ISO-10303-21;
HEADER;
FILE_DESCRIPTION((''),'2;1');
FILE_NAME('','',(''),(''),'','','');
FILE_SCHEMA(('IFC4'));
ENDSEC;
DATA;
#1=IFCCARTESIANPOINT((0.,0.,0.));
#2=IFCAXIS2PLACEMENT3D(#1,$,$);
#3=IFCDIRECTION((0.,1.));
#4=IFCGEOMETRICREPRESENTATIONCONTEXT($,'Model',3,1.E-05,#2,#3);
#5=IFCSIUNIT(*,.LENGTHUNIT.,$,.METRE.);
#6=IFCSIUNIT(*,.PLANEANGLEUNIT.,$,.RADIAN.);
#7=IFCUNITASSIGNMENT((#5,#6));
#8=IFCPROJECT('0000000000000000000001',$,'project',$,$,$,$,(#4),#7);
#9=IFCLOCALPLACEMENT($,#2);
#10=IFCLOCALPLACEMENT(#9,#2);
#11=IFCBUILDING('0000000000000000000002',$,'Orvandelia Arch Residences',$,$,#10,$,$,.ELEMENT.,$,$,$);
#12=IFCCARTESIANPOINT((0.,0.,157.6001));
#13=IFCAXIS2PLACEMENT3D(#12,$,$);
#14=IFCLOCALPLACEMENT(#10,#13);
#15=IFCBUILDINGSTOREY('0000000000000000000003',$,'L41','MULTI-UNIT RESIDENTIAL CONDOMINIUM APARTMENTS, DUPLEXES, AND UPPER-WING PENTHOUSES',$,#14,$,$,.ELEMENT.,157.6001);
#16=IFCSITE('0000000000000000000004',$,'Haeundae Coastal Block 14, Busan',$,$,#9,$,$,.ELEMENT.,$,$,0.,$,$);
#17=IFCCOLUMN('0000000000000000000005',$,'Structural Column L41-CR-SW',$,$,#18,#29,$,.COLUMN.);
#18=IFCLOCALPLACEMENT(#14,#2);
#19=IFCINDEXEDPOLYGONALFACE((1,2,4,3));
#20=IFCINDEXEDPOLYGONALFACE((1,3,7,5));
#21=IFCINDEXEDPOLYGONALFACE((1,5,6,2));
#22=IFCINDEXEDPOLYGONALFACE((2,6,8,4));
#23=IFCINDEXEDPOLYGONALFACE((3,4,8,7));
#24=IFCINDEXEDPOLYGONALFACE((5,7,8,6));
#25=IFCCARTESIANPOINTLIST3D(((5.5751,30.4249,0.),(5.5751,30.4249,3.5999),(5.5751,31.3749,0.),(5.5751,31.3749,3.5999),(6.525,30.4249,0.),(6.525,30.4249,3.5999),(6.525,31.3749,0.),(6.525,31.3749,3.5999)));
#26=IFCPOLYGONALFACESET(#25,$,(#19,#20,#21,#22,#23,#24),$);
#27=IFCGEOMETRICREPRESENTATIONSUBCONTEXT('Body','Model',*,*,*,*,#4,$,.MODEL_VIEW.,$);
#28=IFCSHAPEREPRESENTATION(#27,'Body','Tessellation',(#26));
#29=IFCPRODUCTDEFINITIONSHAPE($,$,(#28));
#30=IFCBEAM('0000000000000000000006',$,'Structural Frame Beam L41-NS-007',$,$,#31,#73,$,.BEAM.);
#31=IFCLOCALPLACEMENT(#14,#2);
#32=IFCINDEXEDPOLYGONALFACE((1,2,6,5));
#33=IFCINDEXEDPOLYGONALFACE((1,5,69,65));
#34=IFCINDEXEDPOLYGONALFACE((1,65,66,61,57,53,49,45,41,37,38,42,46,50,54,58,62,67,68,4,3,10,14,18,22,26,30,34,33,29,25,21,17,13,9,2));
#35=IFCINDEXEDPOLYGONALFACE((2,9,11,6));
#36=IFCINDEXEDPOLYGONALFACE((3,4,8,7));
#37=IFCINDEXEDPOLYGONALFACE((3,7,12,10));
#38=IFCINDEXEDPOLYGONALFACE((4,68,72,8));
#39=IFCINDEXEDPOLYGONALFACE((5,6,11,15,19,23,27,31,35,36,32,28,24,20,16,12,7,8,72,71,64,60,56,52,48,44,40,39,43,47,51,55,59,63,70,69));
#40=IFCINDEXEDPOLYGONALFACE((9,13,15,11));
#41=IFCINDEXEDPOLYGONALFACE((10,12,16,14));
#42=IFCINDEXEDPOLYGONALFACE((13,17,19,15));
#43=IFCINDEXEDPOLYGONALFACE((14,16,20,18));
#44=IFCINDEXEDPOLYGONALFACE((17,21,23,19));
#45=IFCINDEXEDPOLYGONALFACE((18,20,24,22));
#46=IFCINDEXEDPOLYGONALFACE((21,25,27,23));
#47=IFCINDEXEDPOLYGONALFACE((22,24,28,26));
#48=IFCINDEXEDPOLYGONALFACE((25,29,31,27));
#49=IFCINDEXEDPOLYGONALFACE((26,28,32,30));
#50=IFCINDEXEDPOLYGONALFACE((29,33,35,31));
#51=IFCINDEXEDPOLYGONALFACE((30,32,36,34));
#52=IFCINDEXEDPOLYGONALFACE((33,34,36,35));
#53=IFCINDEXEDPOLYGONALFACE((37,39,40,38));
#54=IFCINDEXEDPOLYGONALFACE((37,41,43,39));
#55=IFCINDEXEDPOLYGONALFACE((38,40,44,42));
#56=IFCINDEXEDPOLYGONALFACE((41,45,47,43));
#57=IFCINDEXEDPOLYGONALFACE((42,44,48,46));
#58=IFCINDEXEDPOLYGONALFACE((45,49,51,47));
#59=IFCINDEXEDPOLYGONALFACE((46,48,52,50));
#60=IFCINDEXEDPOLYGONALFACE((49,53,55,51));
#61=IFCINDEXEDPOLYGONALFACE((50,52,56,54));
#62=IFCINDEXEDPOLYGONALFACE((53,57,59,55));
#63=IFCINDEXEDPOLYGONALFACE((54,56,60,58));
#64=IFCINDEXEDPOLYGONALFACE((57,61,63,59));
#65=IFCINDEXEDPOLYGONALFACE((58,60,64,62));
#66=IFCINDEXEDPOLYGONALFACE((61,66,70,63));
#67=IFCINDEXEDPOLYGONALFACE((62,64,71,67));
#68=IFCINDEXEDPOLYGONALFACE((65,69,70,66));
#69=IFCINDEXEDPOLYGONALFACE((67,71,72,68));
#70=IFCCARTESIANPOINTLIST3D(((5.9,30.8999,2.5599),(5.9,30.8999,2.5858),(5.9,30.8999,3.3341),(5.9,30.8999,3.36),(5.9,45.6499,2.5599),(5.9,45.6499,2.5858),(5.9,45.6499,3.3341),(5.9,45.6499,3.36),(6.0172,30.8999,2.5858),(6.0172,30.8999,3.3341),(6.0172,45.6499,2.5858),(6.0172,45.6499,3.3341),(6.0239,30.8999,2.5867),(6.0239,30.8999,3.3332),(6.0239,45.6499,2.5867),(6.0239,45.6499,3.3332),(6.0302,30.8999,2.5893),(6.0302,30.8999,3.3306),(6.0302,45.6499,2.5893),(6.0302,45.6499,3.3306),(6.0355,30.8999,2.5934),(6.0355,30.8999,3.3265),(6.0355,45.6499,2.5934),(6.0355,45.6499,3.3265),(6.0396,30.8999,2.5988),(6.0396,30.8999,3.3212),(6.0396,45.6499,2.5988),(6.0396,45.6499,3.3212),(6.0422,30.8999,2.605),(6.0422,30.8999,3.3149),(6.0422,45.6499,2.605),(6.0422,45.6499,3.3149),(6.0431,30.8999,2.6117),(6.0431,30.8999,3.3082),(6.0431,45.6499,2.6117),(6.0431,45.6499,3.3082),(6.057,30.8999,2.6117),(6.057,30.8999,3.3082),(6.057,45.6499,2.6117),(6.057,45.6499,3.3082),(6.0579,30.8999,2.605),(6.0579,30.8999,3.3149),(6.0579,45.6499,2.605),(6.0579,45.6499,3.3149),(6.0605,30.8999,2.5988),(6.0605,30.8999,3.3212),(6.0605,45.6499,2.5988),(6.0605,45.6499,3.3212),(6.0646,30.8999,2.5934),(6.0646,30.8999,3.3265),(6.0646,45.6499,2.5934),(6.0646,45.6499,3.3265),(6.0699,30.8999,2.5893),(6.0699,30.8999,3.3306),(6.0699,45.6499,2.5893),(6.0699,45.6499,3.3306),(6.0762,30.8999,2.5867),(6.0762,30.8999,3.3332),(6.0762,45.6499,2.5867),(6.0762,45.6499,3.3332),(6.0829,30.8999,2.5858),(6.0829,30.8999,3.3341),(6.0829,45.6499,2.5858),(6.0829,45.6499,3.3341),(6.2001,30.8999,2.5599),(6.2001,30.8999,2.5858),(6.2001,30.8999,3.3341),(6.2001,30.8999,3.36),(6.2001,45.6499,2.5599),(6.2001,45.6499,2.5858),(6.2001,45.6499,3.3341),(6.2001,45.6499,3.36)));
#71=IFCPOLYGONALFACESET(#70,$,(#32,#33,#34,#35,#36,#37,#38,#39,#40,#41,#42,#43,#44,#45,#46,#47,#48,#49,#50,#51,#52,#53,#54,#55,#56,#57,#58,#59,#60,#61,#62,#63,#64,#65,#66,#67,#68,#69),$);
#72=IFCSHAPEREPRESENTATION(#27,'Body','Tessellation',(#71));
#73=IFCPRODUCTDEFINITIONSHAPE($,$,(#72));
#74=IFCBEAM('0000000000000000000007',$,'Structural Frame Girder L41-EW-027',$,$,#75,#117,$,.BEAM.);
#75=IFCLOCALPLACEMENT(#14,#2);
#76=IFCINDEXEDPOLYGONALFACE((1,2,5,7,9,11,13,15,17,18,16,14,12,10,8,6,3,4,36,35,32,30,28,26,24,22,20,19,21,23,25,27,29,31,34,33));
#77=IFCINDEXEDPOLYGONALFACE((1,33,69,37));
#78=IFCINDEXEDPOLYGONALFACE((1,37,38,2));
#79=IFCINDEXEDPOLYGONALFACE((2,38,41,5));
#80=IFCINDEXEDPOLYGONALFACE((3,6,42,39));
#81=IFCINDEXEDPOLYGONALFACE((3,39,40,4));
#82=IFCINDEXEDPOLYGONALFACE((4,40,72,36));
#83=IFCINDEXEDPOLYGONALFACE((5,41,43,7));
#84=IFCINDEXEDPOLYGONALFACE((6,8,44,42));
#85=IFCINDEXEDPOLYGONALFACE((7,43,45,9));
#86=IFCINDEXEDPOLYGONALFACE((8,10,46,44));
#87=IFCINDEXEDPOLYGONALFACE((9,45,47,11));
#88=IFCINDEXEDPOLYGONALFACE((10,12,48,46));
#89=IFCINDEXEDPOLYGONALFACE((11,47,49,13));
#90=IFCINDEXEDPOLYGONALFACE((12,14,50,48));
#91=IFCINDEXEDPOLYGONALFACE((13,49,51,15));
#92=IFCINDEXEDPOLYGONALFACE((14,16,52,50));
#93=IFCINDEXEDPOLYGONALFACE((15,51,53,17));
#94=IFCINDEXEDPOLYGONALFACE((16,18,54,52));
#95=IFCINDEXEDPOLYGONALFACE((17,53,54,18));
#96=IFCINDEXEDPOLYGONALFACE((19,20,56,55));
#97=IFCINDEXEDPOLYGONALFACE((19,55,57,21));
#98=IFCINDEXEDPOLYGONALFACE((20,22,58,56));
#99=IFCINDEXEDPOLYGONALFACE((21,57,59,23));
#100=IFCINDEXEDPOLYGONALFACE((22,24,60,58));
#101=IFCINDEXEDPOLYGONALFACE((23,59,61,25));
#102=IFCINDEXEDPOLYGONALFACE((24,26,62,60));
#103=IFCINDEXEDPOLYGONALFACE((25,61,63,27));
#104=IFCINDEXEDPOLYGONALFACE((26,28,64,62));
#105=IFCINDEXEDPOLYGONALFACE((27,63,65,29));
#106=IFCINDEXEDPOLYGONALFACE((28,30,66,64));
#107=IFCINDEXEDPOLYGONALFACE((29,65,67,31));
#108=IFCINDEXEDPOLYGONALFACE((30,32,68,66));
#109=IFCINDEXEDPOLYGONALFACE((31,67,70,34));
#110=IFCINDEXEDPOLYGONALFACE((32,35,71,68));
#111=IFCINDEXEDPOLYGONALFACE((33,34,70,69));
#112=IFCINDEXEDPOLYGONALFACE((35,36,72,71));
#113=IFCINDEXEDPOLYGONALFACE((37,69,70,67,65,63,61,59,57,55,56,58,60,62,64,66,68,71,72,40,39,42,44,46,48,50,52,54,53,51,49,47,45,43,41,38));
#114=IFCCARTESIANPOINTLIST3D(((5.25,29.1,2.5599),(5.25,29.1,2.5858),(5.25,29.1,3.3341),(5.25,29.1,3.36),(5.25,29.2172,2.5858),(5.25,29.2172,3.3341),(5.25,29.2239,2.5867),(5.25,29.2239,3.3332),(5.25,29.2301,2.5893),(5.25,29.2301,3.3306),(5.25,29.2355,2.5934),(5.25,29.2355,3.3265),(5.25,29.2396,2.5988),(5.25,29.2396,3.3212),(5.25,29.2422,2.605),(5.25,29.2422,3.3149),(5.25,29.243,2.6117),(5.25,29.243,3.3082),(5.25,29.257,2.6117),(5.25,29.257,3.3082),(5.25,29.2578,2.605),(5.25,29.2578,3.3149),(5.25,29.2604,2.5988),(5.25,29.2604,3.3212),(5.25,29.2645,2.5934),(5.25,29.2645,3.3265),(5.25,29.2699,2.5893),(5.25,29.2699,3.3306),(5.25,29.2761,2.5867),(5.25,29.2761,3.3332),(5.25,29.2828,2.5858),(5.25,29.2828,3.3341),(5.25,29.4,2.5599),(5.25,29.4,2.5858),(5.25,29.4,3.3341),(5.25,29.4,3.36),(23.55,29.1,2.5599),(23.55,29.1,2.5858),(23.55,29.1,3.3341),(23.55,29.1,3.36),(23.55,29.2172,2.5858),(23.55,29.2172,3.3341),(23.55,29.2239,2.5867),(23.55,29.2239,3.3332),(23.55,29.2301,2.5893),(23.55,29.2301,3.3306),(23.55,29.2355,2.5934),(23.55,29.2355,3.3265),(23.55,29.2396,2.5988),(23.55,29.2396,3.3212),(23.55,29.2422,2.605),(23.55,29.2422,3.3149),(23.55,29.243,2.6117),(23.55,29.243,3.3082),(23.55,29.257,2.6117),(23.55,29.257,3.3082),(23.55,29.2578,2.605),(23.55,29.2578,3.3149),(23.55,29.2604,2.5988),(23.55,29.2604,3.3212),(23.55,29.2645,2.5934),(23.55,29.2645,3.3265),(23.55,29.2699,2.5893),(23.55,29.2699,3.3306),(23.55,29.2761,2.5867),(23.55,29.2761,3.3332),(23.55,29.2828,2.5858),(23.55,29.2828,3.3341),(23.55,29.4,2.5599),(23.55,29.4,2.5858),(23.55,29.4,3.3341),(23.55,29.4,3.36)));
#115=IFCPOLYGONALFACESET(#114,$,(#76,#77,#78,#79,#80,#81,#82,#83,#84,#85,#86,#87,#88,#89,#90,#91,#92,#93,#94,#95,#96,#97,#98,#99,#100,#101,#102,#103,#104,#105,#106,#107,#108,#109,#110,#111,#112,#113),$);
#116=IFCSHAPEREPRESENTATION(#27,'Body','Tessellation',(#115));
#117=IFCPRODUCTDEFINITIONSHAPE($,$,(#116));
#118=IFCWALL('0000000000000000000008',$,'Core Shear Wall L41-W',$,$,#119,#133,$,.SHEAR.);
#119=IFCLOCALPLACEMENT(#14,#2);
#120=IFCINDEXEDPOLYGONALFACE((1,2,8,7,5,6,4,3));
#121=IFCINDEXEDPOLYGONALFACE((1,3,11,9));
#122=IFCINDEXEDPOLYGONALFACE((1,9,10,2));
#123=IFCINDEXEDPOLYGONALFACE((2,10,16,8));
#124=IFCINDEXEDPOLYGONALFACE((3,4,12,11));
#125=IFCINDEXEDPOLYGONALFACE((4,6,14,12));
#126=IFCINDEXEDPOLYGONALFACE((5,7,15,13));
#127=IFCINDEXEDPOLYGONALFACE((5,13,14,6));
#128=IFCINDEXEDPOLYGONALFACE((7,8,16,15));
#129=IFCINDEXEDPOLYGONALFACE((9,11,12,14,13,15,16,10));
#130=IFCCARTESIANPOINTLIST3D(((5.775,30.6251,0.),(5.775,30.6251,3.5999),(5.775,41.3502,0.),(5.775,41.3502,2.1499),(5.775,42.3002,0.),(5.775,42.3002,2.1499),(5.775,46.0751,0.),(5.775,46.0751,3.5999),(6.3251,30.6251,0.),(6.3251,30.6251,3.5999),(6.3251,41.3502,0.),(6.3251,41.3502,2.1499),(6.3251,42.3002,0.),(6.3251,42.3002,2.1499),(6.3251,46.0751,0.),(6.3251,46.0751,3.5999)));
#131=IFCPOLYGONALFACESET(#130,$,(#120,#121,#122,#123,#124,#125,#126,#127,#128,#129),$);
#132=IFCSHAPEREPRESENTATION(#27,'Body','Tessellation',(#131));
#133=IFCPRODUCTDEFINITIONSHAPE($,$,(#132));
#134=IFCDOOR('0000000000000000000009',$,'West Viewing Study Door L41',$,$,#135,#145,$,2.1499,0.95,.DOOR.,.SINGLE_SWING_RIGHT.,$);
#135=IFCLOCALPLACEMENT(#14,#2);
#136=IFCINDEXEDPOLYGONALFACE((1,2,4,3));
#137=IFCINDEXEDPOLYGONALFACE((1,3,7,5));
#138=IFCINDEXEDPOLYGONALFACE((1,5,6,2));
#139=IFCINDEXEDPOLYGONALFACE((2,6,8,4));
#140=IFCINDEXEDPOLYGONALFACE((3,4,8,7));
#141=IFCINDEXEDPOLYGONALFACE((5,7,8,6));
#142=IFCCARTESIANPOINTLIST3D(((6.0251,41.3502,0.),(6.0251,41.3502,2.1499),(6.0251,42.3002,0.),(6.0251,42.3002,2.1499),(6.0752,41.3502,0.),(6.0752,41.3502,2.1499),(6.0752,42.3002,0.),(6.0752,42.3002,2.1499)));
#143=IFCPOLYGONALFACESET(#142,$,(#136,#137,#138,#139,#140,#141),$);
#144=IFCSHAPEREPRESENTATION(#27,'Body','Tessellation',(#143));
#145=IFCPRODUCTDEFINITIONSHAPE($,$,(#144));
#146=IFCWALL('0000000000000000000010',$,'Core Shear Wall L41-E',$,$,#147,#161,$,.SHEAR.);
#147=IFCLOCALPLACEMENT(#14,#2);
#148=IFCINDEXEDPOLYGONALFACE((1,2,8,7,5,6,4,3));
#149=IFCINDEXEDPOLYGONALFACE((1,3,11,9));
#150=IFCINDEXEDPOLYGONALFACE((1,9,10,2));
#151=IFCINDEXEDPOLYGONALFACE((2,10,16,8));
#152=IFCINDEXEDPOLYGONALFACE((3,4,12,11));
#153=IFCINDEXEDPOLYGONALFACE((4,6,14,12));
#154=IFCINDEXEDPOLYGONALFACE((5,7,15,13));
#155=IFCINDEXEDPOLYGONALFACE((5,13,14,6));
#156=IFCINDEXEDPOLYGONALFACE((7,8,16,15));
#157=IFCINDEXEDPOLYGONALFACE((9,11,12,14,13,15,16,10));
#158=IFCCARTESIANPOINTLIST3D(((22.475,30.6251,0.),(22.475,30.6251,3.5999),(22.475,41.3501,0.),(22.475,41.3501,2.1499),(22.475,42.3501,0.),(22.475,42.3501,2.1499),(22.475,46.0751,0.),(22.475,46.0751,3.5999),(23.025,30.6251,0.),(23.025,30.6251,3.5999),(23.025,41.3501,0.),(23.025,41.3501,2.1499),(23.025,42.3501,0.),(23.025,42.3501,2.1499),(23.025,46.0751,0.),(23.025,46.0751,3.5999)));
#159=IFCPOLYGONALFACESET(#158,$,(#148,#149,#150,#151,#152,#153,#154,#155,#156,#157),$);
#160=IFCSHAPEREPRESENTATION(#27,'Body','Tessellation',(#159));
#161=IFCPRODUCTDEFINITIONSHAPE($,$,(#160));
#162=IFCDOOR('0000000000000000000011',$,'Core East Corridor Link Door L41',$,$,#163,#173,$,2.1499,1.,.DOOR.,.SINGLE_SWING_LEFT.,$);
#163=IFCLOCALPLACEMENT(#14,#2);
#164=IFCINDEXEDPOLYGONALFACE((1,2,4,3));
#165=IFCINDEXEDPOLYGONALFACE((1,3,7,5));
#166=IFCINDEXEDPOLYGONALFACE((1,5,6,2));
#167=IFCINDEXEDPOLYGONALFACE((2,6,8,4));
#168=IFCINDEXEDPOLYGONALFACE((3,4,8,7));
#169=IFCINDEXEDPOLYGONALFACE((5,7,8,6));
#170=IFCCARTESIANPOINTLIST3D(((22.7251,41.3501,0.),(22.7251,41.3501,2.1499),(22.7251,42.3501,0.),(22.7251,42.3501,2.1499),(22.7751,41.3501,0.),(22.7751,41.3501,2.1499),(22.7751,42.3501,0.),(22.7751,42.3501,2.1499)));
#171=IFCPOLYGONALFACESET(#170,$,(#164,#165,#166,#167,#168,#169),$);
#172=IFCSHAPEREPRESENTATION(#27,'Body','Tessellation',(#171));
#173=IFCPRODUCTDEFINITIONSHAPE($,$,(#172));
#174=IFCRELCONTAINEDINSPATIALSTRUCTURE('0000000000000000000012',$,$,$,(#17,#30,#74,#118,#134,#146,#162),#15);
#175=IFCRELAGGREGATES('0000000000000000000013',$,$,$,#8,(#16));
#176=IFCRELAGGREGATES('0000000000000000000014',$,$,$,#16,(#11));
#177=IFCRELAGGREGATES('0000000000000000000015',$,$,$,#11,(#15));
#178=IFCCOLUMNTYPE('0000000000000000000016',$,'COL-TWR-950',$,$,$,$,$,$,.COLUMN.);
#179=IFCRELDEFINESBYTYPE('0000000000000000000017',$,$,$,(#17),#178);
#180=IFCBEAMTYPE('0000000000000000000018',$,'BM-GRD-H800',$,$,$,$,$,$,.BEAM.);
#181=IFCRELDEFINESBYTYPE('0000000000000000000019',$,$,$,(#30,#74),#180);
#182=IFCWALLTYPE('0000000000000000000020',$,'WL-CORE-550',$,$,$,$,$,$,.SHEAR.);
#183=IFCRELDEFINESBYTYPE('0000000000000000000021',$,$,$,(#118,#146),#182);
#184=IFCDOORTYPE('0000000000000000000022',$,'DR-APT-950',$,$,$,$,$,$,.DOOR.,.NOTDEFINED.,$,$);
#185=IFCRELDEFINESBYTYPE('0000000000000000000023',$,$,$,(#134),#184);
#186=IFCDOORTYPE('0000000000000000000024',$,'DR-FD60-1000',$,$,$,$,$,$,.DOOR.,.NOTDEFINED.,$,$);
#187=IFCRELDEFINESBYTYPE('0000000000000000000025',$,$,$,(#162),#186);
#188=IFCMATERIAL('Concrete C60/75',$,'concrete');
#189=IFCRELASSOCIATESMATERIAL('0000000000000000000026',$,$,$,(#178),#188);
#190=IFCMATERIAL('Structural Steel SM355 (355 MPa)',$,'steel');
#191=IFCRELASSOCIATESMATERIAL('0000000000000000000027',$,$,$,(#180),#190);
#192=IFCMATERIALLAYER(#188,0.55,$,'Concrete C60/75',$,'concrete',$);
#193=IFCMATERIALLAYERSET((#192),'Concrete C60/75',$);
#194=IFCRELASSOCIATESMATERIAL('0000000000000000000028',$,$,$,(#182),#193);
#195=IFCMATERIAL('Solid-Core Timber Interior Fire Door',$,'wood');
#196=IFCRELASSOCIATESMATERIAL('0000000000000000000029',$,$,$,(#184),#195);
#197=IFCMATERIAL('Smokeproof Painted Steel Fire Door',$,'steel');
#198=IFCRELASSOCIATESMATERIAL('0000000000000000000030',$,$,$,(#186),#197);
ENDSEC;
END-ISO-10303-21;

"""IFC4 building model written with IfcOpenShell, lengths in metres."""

from ifc_helpers import new_model, si_unit, direction, frame, frame_2d, origin, origin_2d, place, context, subcontext, project, spatial, rectangle, i_section, extrude, material, layer, layer_set, material_profile, profile_set, type_object, element, fill, save


model = new_model("IFC4")

# Units and contexts
model_context = context("Model", 3, precision=1e-05, world=origin(), true_north=direction((0.0, 1.0)))
body_context = subcontext(model_context, "Body", "Model", "MODEL_VIEW")
ifc_project = project(units=[si_unit("LENGTHUNIT", "METRE"), si_unit("PLANEANGLEUNIT", "RADIAN")], contexts=[model_context])

# Site, building, storey
site_placement = place(None, origin())
site = spatial("IfcSite", under=ifc_project, at=site_placement, Name="Haeundae Coastal Block 14, Busan", CompositionType="ELEMENT", RefElevation=0.0)
building_placement = place(site_placement, origin())
building = spatial("IfcBuilding", under=site, at=building_placement, Name="Orvandelia Arch Residences", CompositionType="ELEMENT")
storey_placement = place(building_placement, frame((0.0, 0.0, 157.6001)))
storey = spatial("IfcBuildingStorey", under=building, at=storey_placement, Name="L41", Description="MULTI-UNIT RESIDENTIAL CONDOMINIUM APARTMENTS, DUPLEXES, AND UPPER-WING PENTHOUSES", CompositionType="ELEMENT", Elevation=157.6001)

# Column
ifc_material_1 = material(Name="Concrete C60/75", Category="concrete")
ifc_material_profile_1 = material_profile(ifc_material_1, rectangle(XDim=0.95, YDim=0.95, at=origin_2d()), Name="Concrete C60/75", Category="concrete")
ifc_profile_set_1 = profile_set([ifc_material_profile_1], Name="Concrete C60/75")
column_type = type_object("IfcColumnType", Name="COL-TWR-950", PredefinedType="COLUMN", material=ifc_profile_set_1)
column_placement = place(storey_placement, frame((6.05, 30.8999, 0.0), z_axis=(0.0, 0.0, 1.0), x_axis=(1.0, 0.0, 0.0)))
element("IfcColumn", 1, at=column_placement, inside=storey, type_object=column_type, Name="Structural Column L41-CR-SW", PredefinedType="COLUMN", context=body_context, shape_type="SweptSolid", body=[
    extrude(rectangle(XDim=0.95, YDim=0.95, at=origin_2d()), origin(), (0.0, 0.0, 1.0), 3.5999),
])

# Beams
ifc_material_2 = material(Name="Structural Steel SM355 (355 MPa)", Category="steel")
ifc_material_profile_2 = material_profile(ifc_material_2, i_section(OverallWidth=0.3, OverallDepth=0.8, WebThickness=0.0139, FlangeThickness=0.0259, FilletRadius=0.0259, at=origin_2d()), Name="Structural Steel SM355 (355 MPa)", Category="steel")
ifc_profile_set_2 = profile_set([ifc_material_profile_2], Name="Structural Steel SM355 (355 MPa)")
beam_type = type_object("IfcBeamType", Name="BM-GRD-H800", PredefinedType="BEAM", material=ifc_profile_set_2)
beam_1_placement = place(storey_placement, frame((6.05, 30.8999, 2.96), z_axis=(0.0, 1.0, 0.0), x_axis=(-1.0, 0.0, 0.0)))
element("IfcBeam", 2, at=beam_1_placement, inside=storey, type_object=beam_type, Name="Structural Frame Beam L41-NS-007", PredefinedType="BEAM", context=body_context, shape_type="SweptSolid", body=[
    extrude(i_section(OverallWidth=0.3, OverallDepth=0.8, WebThickness=0.0139, FlangeThickness=0.0259, FilletRadius=0.0259, at=origin_2d()), origin(), (0.0, 0.0, 1.0), 14.75),
])
beam_2_placement = place(storey_placement, frame((5.25, 29.25, 2.96), z_axis=(1.0, 0.0, 0.0), x_axis=(0.0, 1.0, 0.0)))
element("IfcBeam", 3, at=beam_2_placement, inside=storey, type_object=beam_type, Name="Structural Frame Girder L41-EW-027", PredefinedType="BEAM", context=body_context, shape_type="SweptSolid", body=[
    extrude(i_section(OverallWidth=0.3, OverallDepth=0.8, WebThickness=0.0139, FlangeThickness=0.0259, FilletRadius=0.0259, at=origin_2d()), origin(), (0.0, 0.0, 1.0), 18.3),
])

# Walls, openings, doors
ifc_layer_1 = layer(ifc_material_1, 0.55, Name="Concrete C60/75", Category="concrete")
ifc_layer_set_1 = layer_set([ifc_layer_1], Name="Concrete C60/75")
wall_type_1 = type_object("IfcWallType", Name="WL-CORE-550", PredefinedType="SHEAR", material=ifc_layer_set_1)
wall_1_placement = place(storey_placement, frame((6.05, 30.625, 0.0), z_axis=(0.0, 0.0, 1.0), x_axis=(0.0, 1.0, 0.0)))
wall_1 = element("IfcWall", 4, at=wall_1_placement, inside=storey, type_object=wall_type_1, Name="Core Shear Wall L41-W", PredefinedType="SHEAR", context=body_context, shape_type="SweptSolid", body=[
    extrude(rectangle(XDim=15.45, YDim=0.55, at=frame_2d((7.7251, 0.0))), origin(), (0.0, 0.0, 1.0), 3.5999),
])
opening_1_placement = place(wall_1_placement, frame((10.7251, 0.0, 0.0)))
opening_1 = element("IfcOpeningElement", 5, at=opening_1_placement, cuts=wall_1, PredefinedType="OPENING", context=body_context, shape_type="SweptSolid", body=[
    extrude(rectangle(XDim=0.95, YDim=2.1499, at=frame_2d((0.4751, 1.075))), frame((0.0, 0.2852, 0.0), z_axis=(0.0, -1.0, 0.0), x_axis=(1.0, 0.0, 0.0)), (0.0, 0.0, 1.0), 0.5701),
])
ifc_material_3 = material(Name="Solid-Core Timber Interior Fire Door", Category="wood")
door_type_1 = type_object("IfcDoorType", Name="DR-APT-950", OperationType="NOTDEFINED", PredefinedType="DOOR", material=ifc_material_3)
door_1_placement = place(opening_1_placement, origin())
door_1 = element("IfcDoor", 6, at=door_1_placement, inside=storey, type_object=door_type_1, Name="West Viewing Study Door L41", OperationType="SINGLE_SWING_RIGHT", OverallHeight=2.1499, OverallWidth=0.95, PredefinedType="DOOR", context=body_context, shape_type="SweptSolid", body=[
    extrude(rectangle(XDim=0.95, YDim=2.1499, at=frame_2d((0.4751, 1.075))), frame((0.0, 0.0249, 0.0), z_axis=(0.0, -1.0, 0.0), x_axis=(1.0, 0.0, 0.0)), (0.0, 0.0, 1.0), 0.05),
])
fill(opening_1, door_1)
wall_2_placement = place(storey_placement, frame((22.75, 30.625, 0.0), z_axis=(0.0, 0.0, 1.0), x_axis=(0.0, 1.0, 0.0)))
wall_2 = element("IfcWall", 7, at=wall_2_placement, inside=storey, type_object=wall_type_1, Name="Core Shear Wall L41-E", PredefinedType="SHEAR", context=body_context, shape_type="SweptSolid", body=[
    extrude(rectangle(XDim=15.45, YDim=0.55, at=frame_2d((7.7251, 0.0))), origin(), (0.0, 0.0, 1.0), 3.5999),
])
opening_2_placement = place(wall_2_placement, frame((10.7251, 0.0, 0.0)))
opening_2 = element("IfcOpeningElement", 8, at=opening_2_placement, cuts=wall_2, PredefinedType="OPENING", context=body_context, shape_type="SweptSolid", body=[
    extrude(rectangle(XDim=1.0, YDim=2.1499, at=frame_2d((0.5, 1.075))), frame((0.0, 0.2852, 0.0), z_axis=(0.0, -1.0, 0.0), x_axis=(1.0, 0.0, 0.0)), (0.0, 0.0, 1.0), 0.5701),
])
ifc_material_4 = material(Name="Smokeproof Painted Steel Fire Door", Category="steel")
door_type_2 = type_object("IfcDoorType", Name="DR-FD60-1000", OperationType="NOTDEFINED", PredefinedType="DOOR", material=ifc_material_4)
door_2_placement = place(opening_2_placement, origin())
door_2 = element("IfcDoor", 9, at=door_2_placement, inside=storey, type_object=door_type_2, Name="Core East Corridor Link Door L41", OperationType="SINGLE_SWING_LEFT", OverallHeight=2.1499, OverallWidth=1.0, PredefinedType="DOOR", context=body_context, shape_type="SweptSolid", body=[
    extrude(rectangle(XDim=1.0, YDim=2.1499, at=frame_2d((0.5, 1.075))), frame((0.0, 0.0249, 0.0), z_axis=(0.0, -1.0, 0.0), x_axis=(1.0, 0.0, 0.0)), (0.0, 0.0, 1.0), 0.05),
])
fill(opening_2, door_2)

save(model, "model.ifc")
